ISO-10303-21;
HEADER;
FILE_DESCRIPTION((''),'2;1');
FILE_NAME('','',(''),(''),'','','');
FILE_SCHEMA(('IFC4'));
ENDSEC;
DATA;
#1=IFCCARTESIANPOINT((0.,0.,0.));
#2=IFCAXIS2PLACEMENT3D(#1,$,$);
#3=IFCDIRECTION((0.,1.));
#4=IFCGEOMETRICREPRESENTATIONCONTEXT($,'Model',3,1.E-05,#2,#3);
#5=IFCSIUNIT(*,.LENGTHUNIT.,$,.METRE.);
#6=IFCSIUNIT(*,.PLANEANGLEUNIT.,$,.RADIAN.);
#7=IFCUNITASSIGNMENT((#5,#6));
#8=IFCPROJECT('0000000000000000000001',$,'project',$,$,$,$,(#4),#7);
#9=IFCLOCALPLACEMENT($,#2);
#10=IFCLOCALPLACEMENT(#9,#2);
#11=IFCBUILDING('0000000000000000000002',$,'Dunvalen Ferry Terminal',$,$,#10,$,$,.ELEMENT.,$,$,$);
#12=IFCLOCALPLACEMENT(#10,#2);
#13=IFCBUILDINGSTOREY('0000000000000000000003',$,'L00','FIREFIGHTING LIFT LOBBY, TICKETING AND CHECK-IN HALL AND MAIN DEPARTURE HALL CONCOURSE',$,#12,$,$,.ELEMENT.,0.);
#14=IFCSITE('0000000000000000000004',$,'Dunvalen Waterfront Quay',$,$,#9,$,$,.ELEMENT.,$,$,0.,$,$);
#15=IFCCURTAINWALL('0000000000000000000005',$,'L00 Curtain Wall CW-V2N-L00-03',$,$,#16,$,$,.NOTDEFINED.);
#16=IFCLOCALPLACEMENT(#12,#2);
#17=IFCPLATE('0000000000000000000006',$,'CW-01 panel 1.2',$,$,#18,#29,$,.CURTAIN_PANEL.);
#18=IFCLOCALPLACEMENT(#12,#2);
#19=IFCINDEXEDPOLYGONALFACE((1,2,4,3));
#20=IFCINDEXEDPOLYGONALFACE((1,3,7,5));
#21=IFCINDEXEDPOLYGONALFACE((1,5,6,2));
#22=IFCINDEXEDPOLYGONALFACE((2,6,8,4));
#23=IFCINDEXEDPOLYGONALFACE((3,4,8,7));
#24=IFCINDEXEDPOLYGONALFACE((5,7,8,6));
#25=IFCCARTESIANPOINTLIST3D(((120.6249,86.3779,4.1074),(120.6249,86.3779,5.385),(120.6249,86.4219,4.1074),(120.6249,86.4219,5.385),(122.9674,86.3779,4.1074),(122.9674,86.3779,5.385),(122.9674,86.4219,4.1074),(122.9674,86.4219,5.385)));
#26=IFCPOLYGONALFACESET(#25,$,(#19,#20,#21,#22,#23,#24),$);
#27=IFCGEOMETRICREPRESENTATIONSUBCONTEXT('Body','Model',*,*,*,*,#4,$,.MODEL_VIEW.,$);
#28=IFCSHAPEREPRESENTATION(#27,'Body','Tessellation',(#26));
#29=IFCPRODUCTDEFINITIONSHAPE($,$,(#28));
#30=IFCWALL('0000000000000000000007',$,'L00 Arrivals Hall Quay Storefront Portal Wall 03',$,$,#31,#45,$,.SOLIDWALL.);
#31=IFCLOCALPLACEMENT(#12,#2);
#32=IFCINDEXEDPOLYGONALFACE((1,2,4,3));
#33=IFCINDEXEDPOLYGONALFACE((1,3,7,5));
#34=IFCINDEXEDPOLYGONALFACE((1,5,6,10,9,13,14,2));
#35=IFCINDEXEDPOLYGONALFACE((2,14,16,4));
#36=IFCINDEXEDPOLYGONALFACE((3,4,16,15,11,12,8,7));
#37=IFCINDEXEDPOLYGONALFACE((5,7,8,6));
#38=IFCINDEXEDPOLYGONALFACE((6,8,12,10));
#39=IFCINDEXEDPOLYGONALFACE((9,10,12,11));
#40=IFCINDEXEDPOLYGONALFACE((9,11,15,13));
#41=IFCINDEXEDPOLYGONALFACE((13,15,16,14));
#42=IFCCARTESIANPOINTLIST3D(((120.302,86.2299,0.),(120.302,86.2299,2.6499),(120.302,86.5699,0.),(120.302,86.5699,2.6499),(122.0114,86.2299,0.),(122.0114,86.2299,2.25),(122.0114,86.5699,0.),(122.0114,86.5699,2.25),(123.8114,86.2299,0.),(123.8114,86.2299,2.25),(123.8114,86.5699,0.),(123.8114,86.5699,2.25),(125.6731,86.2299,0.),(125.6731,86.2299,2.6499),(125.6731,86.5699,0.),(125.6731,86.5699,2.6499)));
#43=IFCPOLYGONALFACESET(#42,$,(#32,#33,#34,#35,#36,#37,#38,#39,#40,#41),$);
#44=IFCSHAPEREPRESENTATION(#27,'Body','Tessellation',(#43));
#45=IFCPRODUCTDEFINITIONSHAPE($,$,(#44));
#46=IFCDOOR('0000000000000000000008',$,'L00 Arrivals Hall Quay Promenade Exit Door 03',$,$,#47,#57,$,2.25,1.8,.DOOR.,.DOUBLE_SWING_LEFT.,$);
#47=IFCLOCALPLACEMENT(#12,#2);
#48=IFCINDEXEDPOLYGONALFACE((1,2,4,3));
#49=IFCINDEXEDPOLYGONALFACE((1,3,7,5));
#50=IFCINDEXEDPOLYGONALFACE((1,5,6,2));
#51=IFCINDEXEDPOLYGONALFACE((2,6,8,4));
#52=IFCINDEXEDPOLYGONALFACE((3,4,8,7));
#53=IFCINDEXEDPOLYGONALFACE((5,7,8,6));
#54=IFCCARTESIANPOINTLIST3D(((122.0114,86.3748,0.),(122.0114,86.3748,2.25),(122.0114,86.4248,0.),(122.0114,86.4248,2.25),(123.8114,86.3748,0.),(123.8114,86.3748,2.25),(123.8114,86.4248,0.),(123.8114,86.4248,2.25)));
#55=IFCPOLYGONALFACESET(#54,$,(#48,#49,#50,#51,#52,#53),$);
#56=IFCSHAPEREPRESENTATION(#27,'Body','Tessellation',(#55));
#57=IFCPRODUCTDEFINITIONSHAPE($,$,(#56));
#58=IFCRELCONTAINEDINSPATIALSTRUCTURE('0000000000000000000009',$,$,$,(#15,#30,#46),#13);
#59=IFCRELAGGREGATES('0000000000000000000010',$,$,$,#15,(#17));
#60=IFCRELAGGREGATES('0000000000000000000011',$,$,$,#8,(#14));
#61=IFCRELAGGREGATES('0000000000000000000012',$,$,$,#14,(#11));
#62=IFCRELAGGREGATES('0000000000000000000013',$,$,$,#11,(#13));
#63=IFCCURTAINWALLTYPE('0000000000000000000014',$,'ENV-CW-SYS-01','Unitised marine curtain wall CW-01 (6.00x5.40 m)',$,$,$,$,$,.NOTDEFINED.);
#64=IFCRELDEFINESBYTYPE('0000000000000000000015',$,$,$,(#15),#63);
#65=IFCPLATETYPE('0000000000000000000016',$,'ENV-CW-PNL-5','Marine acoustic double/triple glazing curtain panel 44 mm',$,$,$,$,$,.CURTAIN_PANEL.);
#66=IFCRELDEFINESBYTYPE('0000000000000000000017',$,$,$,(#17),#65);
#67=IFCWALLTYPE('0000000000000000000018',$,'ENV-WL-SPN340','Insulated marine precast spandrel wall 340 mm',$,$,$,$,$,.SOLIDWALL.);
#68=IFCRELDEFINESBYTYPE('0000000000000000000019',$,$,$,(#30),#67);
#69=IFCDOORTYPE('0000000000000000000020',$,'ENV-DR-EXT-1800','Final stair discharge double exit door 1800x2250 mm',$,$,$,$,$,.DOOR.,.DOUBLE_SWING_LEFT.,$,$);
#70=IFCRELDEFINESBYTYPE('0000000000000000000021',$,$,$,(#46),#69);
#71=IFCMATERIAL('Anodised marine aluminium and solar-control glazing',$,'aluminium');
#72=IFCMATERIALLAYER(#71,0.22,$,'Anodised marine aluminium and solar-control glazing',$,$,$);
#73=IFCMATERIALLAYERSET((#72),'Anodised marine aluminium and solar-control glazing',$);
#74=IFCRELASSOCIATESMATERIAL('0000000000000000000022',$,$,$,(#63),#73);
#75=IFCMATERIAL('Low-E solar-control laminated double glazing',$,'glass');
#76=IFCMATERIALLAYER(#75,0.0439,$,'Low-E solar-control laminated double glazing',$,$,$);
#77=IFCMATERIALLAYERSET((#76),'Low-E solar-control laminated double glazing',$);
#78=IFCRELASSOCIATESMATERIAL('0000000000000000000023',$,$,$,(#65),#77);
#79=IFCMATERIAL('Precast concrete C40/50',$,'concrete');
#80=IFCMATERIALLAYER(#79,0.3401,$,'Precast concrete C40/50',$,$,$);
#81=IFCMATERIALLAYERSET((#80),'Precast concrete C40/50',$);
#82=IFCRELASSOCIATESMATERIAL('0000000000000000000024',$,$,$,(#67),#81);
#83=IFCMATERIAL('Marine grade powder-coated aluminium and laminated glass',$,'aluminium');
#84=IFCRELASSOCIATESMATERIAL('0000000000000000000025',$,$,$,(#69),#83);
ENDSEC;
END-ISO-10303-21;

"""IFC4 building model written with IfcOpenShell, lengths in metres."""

from ifc_helpers import new_model, si_unit, direction, frame, frame_2d, origin, origin_2d, place, context, subcontext, project, spatial, rectangle, extrude, material, layer, layer_set, type_object, element, fill, aggregate, save


model = new_model("IFC4")

# Units and contexts
model_context = context("Model", 3, precision=1e-05, world=origin(), true_north=direction((0.0, 1.0)))
body_context = subcontext(model_context, "Body", "Model", "MODEL_VIEW")
ifc_project = project(units=[si_unit("LENGTHUNIT", "METRE"), si_unit("PLANEANGLEUNIT", "RADIAN")], contexts=[model_context])

# Site, building, storey
site_placement = place(None, origin())
site = spatial("IfcSite", under=ifc_project, at=site_placement, Name="Dunvalen Waterfront Quay", CompositionType="ELEMENT", RefElevation=0.0)
building_placement = place(site_placement, origin())
building = spatial("IfcBuilding", under=site, at=building_placement, Name="Dunvalen Ferry Terminal", CompositionType="ELEMENT")
storey_placement = place(building_placement, origin())
storey = spatial("IfcBuildingStorey", under=building, at=storey_placement, Name="L00", Description="FIREFIGHTING LIFT LOBBY, TICKETING AND CHECK-IN HALL AND MAIN DEPARTURE HALL CONCOURSE", CompositionType="ELEMENT", Elevation=0.0)

# Curtain wall
ifc_material_1 = material(Name="Anodised marine aluminium and solar-control glazing", Category="aluminium")
ifc_layer_1 = layer(ifc_material_1, 0.22, Name="Anodised marine aluminium and solar-control glazing")
ifc_layer_set_1 = layer_set([ifc_layer_1], Name="Anodised marine aluminium and solar-control glazing")
curtain_wall_type = type_object("IfcCurtainWallType", Name="ENV-CW-SYS-01", Description="Unitised marine curtain wall CW-01 (6.00x5.40 m)", PredefinedType="NOTDEFINED", material=ifc_layer_set_1)
curtain_wall_1_placement = place(storey_placement, origin())
curtain_wall_1 = element("IfcCurtainWall", 1, at=curtain_wall_1_placement, inside=storey, type_object=curtain_wall_type, Name="L00 Curtain Wall CW-V2N-L00-03", PredefinedType="NOTDEFINED")

# Plate
ifc_material_2 = material(Name="Low-E solar-control laminated double glazing", Category="glass")
ifc_layer_2 = layer(ifc_material_2, 0.0439, Name="Low-E solar-control laminated double glazing")
ifc_layer_set_2 = layer_set([ifc_layer_2], Name="Low-E solar-control laminated double glazing")
plate_type = type_object("IfcPlateType", Name="ENV-CW-PNL-5", Description="Marine acoustic double/triple glazing curtain panel 44 mm", PredefinedType="CURTAIN_PANEL", material=ifc_layer_set_2)
plate_1_placement = place(storey_placement, frame((121.7961, 86.3999, 4.1074), z_axis=(0.0, 0.0, 1.0), x_axis=(1.0, 0.0, 0.0)))
plate_1 = element("IfcPlate", 2, at=plate_1_placement, type_object=plate_type, Name="CW-01 panel 1.2", PredefinedType="CURTAIN_PANEL", context=body_context, shape_type="SweptSolid", body=[
    extrude(rectangle(XDim=2.3425, YDim=0.0439, at=origin_2d()), origin(), (0.0, 0.0, 1.0), 1.2776),
])
aggregate(curtain_wall_1, [plate_1])

# Wall, opening, door
ifc_material_3 = material(Name="Precast concrete C40/50", Category="concrete")
ifc_layer_3 = layer(ifc_material_3, 0.3401, Name="Precast concrete C40/50")
ifc_layer_set_3 = layer_set([ifc_layer_3], Name="Precast concrete C40/50")
wall_type = type_object("IfcWallType", Name="ENV-WL-SPN340", Description="Insulated marine precast spandrel wall 340 mm", PredefinedType="SOLIDWALL", material=ifc_layer_set_3)
wall_placement = place(storey_placement, frame((120.302, 86.3999, 0.0), z_axis=(0.0, 0.0, 1.0), x_axis=(1.0, 0.0, 0.0)))
wall = element("IfcWall", 3, at=wall_placement, inside=storey, type_object=wall_type, Name="L00 Arrivals Hall Quay Storefront Portal Wall 03", PredefinedType="SOLIDWALL", context=body_context, shape_type="SweptSolid", body=[
    extrude(rectangle(XDim=5.3711, YDim=0.3401, at=frame_2d((2.6855, 0.0))), origin(), (0.0, 0.0, 1.0), 2.6499),
])
opening_placement = place(wall_placement, frame((1.7095, 0.0, 0.0)))
opening = element("IfcOpeningElement", 4, at=opening_placement, cuts=wall, PredefinedType="OPENING", context=body_context, shape_type="SweptSolid", body=[
    extrude(rectangle(XDim=1.8, YDim=2.25, at=frame_2d((0.8999, 1.125))), frame((0.0, 0.1802, 0.0), z_axis=(0.0, -1.0, 0.0), x_axis=(1.0, 0.0, 0.0)), (0.0, 0.0, 1.0), 0.3601),
])
ifc_material_4 = material(Name="Marine grade powder-coated aluminium and laminated glass", Category="aluminium")
door_type = type_object("IfcDoorType", Name="ENV-DR-EXT-1800", Description="Final stair discharge double exit door 1800x2250 mm", OperationType="DOUBLE_SWING_LEFT", PredefinedType="DOOR", material=ifc_material_4)
door_placement = place(opening_placement, origin())
door = element("IfcDoor", 5, at=door_placement, inside=storey, type_object=door_type, Name="L00 Arrivals Hall Quay Promenade Exit Door 03", OperationType="DOUBLE_SWING_LEFT", OverallHeight=2.25, OverallWidth=1.8, PredefinedType="DOOR", context=body_context, shape_type="SweptSolid", body=[
    extrude(rectangle(XDim=1.8, YDim=2.25, at=frame_2d((0.8999, 1.125))), frame((0.0, 0.0249, 0.0), z_axis=(0.0, -1.0, 0.0), x_axis=(1.0, 0.0, 0.0)), (0.0, 0.0, 1.0), 0.05),
])
fill(opening, door)

save(model, "model.ifc")
